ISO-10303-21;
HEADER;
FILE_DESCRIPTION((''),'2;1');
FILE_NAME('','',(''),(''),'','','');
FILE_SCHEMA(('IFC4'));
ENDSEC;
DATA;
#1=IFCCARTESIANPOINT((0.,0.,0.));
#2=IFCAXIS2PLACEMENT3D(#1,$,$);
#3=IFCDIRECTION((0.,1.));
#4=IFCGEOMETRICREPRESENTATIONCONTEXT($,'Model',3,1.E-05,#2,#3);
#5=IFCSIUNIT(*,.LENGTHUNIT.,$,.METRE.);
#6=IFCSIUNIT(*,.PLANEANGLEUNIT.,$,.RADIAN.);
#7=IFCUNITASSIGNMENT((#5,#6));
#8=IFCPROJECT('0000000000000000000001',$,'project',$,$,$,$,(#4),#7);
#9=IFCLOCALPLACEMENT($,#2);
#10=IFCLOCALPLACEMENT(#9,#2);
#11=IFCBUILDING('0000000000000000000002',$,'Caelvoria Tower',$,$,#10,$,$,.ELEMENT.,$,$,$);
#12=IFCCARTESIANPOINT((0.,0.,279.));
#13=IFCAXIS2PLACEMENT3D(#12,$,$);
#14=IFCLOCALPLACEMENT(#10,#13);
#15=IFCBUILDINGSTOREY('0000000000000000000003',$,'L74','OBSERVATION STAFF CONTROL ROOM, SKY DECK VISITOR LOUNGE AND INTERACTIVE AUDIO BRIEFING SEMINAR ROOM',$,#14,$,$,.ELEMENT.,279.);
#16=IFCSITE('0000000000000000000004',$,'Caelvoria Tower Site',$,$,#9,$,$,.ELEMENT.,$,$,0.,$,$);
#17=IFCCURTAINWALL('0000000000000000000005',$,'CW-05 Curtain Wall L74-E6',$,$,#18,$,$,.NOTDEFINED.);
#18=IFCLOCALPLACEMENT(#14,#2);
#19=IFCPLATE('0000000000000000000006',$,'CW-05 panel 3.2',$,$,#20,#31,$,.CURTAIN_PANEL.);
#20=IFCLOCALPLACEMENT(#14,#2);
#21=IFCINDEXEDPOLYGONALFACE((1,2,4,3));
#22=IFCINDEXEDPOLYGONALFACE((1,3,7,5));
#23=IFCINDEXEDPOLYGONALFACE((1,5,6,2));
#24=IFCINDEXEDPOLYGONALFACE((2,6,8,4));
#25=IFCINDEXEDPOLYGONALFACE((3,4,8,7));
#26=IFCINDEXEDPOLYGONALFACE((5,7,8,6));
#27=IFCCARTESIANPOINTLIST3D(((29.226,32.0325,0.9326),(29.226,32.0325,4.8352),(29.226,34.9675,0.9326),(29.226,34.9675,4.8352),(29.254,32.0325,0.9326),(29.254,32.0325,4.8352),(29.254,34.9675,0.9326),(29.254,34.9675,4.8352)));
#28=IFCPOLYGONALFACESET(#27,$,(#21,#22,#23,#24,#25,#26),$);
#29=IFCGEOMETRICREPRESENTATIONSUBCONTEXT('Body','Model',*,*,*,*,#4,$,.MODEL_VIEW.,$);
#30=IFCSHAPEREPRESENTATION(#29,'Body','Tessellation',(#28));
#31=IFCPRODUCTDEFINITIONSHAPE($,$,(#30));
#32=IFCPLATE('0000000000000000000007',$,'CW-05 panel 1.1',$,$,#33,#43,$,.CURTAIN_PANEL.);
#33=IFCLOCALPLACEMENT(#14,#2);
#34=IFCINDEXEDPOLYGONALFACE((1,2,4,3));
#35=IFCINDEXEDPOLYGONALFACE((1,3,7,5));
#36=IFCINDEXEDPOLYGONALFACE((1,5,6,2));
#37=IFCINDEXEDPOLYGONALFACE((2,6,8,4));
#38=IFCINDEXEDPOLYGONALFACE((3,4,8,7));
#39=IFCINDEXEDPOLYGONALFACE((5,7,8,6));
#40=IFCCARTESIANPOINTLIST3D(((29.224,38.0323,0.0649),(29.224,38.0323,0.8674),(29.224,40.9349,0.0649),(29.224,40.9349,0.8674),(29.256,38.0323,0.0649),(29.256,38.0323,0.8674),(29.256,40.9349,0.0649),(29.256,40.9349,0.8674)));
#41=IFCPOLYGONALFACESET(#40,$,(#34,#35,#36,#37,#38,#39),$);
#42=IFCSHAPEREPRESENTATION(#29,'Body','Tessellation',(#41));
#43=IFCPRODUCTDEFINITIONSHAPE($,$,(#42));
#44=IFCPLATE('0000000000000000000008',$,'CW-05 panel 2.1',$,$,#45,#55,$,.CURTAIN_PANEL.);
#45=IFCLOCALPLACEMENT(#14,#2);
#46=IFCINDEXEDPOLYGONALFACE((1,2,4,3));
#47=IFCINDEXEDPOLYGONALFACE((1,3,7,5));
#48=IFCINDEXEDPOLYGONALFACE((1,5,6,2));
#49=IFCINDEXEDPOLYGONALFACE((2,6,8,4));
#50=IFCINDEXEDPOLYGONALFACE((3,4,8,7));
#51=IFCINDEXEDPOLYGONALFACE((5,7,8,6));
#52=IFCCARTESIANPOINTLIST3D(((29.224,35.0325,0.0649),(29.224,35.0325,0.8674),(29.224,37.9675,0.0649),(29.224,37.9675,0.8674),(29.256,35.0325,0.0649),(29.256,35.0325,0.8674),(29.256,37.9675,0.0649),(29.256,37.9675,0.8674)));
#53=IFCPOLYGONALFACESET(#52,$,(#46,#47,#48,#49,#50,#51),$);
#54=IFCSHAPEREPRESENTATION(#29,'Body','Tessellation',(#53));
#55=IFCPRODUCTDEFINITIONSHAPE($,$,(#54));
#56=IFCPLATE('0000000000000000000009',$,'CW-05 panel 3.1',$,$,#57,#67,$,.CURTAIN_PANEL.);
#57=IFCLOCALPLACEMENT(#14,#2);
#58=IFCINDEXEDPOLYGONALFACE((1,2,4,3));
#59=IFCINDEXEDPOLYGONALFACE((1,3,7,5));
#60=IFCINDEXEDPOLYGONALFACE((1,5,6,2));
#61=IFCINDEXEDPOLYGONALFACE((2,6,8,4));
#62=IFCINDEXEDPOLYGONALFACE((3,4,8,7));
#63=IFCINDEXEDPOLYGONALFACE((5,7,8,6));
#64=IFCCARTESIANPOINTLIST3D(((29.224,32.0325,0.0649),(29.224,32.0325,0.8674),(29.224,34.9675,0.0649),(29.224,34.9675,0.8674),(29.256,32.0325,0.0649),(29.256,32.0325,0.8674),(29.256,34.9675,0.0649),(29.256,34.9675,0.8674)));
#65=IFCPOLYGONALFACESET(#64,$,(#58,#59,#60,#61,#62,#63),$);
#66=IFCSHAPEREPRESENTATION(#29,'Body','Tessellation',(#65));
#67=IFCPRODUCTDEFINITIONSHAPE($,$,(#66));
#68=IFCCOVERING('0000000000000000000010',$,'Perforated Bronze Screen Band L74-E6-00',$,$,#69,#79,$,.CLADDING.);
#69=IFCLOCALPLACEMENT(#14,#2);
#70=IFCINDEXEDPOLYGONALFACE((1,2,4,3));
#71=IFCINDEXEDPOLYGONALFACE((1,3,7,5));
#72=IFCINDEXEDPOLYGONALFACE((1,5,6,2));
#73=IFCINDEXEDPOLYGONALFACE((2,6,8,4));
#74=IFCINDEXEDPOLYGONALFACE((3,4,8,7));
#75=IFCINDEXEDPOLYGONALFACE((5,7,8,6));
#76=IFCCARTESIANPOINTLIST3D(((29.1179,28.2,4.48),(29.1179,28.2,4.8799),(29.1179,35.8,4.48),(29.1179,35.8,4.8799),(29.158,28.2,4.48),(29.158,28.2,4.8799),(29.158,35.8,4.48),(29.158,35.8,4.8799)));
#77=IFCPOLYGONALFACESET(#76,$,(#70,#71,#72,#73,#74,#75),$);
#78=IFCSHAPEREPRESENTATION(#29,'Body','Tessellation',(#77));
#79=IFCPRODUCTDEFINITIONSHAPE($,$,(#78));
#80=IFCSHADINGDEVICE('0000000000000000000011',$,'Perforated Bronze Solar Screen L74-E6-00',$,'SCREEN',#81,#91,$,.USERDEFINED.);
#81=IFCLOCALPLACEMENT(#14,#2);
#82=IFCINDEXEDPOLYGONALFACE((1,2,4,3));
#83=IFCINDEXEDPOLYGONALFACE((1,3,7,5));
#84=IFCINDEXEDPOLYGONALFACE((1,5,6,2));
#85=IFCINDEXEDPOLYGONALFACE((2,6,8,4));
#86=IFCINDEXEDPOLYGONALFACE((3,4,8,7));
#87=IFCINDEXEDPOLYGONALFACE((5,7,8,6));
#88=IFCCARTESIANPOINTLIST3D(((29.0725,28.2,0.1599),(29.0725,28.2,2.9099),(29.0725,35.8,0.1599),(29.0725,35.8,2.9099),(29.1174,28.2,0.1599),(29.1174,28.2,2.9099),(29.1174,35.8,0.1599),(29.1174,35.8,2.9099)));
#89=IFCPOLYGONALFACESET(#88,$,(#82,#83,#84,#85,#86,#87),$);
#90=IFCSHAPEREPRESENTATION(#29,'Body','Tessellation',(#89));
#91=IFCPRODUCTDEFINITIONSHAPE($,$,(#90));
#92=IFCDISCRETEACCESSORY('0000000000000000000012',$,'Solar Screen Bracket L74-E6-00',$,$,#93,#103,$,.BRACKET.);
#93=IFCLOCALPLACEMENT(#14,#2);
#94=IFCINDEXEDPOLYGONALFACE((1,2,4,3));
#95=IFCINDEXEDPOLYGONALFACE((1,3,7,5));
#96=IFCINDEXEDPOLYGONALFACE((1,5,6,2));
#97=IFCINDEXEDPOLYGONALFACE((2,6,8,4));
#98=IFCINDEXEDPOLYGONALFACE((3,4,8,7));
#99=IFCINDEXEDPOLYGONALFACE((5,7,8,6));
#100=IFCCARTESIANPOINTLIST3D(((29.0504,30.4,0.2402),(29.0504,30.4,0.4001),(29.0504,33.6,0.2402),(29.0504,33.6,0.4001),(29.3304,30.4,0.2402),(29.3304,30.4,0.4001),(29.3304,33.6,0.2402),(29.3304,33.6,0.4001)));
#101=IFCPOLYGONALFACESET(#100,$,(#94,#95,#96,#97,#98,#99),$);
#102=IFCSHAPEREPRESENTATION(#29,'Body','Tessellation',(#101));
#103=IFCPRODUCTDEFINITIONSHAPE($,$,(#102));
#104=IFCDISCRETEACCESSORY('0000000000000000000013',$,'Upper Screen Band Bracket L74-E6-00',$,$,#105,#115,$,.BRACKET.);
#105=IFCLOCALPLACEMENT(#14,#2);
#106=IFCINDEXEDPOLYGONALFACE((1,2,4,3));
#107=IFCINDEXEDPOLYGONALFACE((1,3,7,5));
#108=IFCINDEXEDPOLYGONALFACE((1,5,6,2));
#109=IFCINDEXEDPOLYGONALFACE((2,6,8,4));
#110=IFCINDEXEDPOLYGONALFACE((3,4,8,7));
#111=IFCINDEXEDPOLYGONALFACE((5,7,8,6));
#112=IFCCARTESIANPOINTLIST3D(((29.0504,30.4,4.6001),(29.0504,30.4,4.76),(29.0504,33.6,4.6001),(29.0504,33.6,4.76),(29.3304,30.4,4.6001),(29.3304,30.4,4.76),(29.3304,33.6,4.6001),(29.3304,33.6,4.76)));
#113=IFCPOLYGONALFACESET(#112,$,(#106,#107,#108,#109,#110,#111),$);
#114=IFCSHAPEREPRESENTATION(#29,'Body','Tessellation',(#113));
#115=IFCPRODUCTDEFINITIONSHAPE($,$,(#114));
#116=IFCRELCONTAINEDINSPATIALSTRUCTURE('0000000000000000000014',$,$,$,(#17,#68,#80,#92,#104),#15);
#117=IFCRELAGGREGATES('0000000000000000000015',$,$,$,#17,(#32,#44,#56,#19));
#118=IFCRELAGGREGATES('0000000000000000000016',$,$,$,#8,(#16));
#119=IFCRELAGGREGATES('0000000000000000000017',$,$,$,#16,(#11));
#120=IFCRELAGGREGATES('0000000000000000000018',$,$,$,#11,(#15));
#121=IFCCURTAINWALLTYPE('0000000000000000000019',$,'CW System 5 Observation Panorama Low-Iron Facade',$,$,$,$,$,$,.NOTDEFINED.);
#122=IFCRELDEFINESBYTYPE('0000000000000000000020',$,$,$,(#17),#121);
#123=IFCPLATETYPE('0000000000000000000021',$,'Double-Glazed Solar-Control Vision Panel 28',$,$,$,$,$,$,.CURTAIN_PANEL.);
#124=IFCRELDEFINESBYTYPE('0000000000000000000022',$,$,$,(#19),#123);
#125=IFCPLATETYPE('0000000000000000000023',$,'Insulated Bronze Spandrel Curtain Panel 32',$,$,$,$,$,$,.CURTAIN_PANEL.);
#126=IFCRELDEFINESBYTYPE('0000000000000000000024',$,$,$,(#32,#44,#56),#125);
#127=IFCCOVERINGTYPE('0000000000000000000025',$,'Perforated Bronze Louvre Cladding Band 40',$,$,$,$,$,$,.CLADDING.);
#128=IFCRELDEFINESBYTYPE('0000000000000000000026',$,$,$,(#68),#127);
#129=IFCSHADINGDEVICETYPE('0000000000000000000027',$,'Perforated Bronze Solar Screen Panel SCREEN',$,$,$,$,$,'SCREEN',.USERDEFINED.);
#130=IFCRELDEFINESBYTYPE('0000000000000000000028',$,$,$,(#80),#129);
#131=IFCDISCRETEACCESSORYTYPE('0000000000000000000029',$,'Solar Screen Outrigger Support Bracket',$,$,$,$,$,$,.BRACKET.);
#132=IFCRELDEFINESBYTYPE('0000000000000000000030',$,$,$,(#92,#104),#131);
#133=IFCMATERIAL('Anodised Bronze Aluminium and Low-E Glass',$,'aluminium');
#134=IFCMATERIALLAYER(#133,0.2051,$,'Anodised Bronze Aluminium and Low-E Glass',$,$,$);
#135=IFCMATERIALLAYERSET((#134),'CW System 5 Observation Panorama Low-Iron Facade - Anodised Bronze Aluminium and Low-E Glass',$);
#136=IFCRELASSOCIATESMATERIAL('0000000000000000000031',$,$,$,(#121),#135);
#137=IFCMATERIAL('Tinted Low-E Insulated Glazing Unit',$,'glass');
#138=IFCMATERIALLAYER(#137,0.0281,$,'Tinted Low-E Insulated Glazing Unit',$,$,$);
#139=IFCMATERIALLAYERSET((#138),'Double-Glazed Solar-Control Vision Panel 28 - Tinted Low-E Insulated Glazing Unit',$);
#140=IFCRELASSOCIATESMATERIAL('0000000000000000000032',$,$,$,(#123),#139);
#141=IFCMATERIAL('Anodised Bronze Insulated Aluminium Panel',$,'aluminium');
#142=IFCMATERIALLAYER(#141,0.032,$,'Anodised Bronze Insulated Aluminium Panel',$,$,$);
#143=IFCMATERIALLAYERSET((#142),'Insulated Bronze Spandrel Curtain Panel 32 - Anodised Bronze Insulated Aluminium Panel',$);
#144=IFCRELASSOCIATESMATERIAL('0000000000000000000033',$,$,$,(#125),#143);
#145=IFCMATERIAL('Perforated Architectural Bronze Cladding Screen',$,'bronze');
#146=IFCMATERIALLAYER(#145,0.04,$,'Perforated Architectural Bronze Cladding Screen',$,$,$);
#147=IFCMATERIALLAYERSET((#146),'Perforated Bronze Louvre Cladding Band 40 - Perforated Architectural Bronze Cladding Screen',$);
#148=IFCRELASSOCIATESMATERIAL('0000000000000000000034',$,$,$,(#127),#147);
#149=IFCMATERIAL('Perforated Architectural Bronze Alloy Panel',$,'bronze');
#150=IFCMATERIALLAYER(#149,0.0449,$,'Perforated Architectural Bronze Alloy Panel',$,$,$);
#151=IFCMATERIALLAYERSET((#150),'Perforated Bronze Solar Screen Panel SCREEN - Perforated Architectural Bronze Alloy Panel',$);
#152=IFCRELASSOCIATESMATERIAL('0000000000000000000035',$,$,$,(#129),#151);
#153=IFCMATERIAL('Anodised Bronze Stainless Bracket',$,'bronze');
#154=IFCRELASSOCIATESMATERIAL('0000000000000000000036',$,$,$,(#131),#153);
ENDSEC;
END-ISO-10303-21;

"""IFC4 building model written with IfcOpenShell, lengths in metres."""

from ifc_helpers import new_model, si_unit, direction, frame, origin, origin_2d, place, context, subcontext, project, spatial, rectangle, extrude, material, layer, layer_set, type_object, element, aggregate, save


model = new_model("IFC4")

# Units and contexts
model_context = context("Model", 3, precision=1e-05, world=origin(), true_north=direction((0.0, 1.0)))
body_context = subcontext(model_context, "Body", "Model", "MODEL_VIEW")
ifc_project = project(units=[si_unit("LENGTHUNIT", "METRE"), si_unit("PLANEANGLEUNIT", "RADIAN")], contexts=[model_context])

# Site, building, storey
site_placement = place(None, origin())
site = spatial("IfcSite", under=ifc_project, at=site_placement, Name="Caelvoria Tower Site", CompositionType="ELEMENT", RefElevation=0.0)
building_placement = place(site_placement, origin())
building = spatial("IfcBuilding", under=site, at=building_placement, Name="Caelvoria Tower", CompositionType="ELEMENT")
storey_placement = place(building_placement, frame((0.0, 0.0, 279.0)))
storey = spatial("IfcBuildingStorey", under=building, at=storey_placement, Name="L74", Description="OBSERVATION STAFF CONTROL ROOM, SKY DECK VISITOR LOUNGE AND INTERACTIVE AUDIO BRIEFING SEMINAR ROOM", CompositionType="ELEMENT", Elevation=279.0)

# Shared definitions
ifc_material_1 = material(Name="Anodised Bronze Aluminium and Low-E Glass", Category="aluminium")
ifc_layer_1 = layer(ifc_material_1, 0.2051, Name="Anodised Bronze Aluminium and Low-E Glass")
ifc_layer_set_1 = layer_set([ifc_layer_1], Name="CW System 5 Observation Panorama Low-Iron Facade - Anodised Bronze Aluminium and Low-E Glass")
curtain_wall_type = type_object("IfcCurtainWallType", Name="CW System 5 Observation Panorama Low-Iron Facade", PredefinedType="NOTDEFINED", material=ifc_layer_set_1)

# Curtain wall
curtain_wall_1_placement = place(storey_placement, origin())
curtain_wall_1 = element("IfcCurtainWall", 1, at=curtain_wall_1_placement, inside=storey, type_object=curtain_wall_type, Name="CW-05 Curtain Wall L74-E6", PredefinedType="NOTDEFINED")

# Plates
ifc_material_2 = material(Name="Tinted Low-E Insulated Glazing Unit", Category="glass")
ifc_layer_2 = layer(ifc_material_2, 0.0281, Name="Tinted Low-E Insulated Glazing Unit")
ifc_layer_set_2 = layer_set([ifc_layer_2], Name="Double-Glazed Solar-Control Vision Panel 28 - Tinted Low-E Insulated Glazing Unit")
plate_type_1 = type_object("IfcPlateType", Name="Double-Glazed Solar-Control Vision Panel 28", PredefinedType="CURTAIN_PANEL", material=ifc_layer_set_2)
plate_1_placement = place(storey_placement, frame((29.24, 33.5, 0.9326), z_axis=(0.0, 0.0, 1.0), x_axis=(0.0, -1.0, 0.0)))
plate_1 = element("IfcPlate", 2, at=plate_1_placement, type_object=plate_type_1, Name="CW-05 panel 3.2", PredefinedType="CURTAIN_PANEL", context=body_context, shape_type="SweptSolid", body=[
    extrude(rectangle(XDim=2.9351, YDim=0.0281, at=origin_2d()), origin(), (0.0, 0.0, 1.0), 3.9026),
])
ifc_material_3 = material(Name="Anodised Bronze Insulated Aluminium Panel", Category="aluminium")
ifc_layer_3 = layer(ifc_material_3, 0.032, Name="Anodised Bronze Insulated Aluminium Panel")
ifc_layer_set_3 = layer_set([ifc_layer_3], Name="Insulated Bronze Spandrel Curtain Panel 32 - Anodised Bronze Insulated Aluminium Panel")
plate_type_2 = type_object("IfcPlateType", Name="Insulated Bronze Spandrel Curtain Panel 32", PredefinedType="CURTAIN_PANEL", material=ifc_layer_set_3)
plate_2_placement = place(storey_placement, frame((29.24, 39.4836, 0.0649), z_axis=(0.0, 0.0, 1.0), x_axis=(0.0, -1.0, 0.0)))
plate_2 = element("IfcPlate", 3, at=plate_2_placement, type_object=plate_type_2, Name="CW-05 panel 1.1", PredefinedType="CURTAIN_PANEL", context=body_context, shape_type="SweptSolid", body=[
    extrude(rectangle(XDim=2.9026, YDim=0.032, at=origin_2d()), origin(), (0.0, 0.0, 1.0), 0.8025),
])
plate_3_placement = place(storey_placement, frame((29.24, 36.5, 0.0649), z_axis=(0.0, 0.0, 1.0), x_axis=(0.0, -1.0, 0.0)))
plate_3 = element("IfcPlate", 4, at=plate_3_placement, type_object=plate_type_2, Name="CW-05 panel 2.1", PredefinedType="CURTAIN_PANEL", context=body_context, shape_type="SweptSolid", body=[
    extrude(rectangle(XDim=2.9351, YDim=0.032, at=origin_2d()), origin(), (0.0, 0.0, 1.0), 0.8025),
])
plate_4_placement = place(storey_placement, frame((29.24, 33.5, 0.0649), z_axis=(0.0, 0.0, 1.0), x_axis=(0.0, -1.0, 0.0)))
plate_4 = element("IfcPlate", 5, at=plate_4_placement, type_object=plate_type_2, Name="CW-05 panel 3.1", PredefinedType="CURTAIN_PANEL", context=body_context, shape_type="SweptSolid", body=[
    extrude(rectangle(XDim=2.9351, YDim=0.032, at=origin_2d()), origin(), (0.0, 0.0, 1.0), 0.8025),
])
aggregate(curtain_wall_1, [plate_2, plate_3, plate_4, plate_1])

# Covering
ifc_material_4 = material(Name="Perforated Architectural Bronze Cladding Screen", Category="bronze")
ifc_layer_4 = layer(ifc_material_4, 0.04, Name="Perforated Architectural Bronze Cladding Screen")
ifc_layer_set_4 = layer_set([ifc_layer_4], Name="Perforated Bronze Louvre Cladding Band 40 - Perforated Architectural Bronze Cladding Screen")
covering_type = type_object("IfcCoveringType", Name="Perforated Bronze Louvre Cladding Band 40", PredefinedType="CLADDING", material=ifc_layer_set_4)
covering_placement = place(storey_placement, frame((29.1379, 32.0, 4.48), z_axis=(0.0, 0.0, 1.0), x_axis=(0.0, -1.0, 0.0)))
element("IfcCovering", 6, at=covering_placement, inside=storey, type_object=covering_type, Name="Perforated Bronze Screen Band L74-E6-00", PredefinedType="CLADDING", context=body_context, shape_type="SweptSolid", body=[
    extrude(rectangle(XDim=7.6001, YDim=0.04, at=origin_2d()), origin(), (0.0, 0.0, 1.0), 0.3999),
])

# Shading device
ifc_material_5 = material(Name="Perforated Architectural Bronze Alloy Panel", Category="bronze")
ifc_layer_5 = layer(ifc_material_5, 0.0449, Name="Perforated Architectural Bronze Alloy Panel")
ifc_layer_set_5 = layer_set([ifc_layer_5], Name="Perforated Bronze Solar Screen Panel SCREEN - Perforated Architectural Bronze Alloy Panel")
shading_device_type = type_object("IfcShadingDeviceType", Name="Perforated Bronze Solar Screen Panel SCREEN", ElementType="SCREEN", PredefinedType="USERDEFINED", material=ifc_layer_set_5)
shading_device_placement = place(storey_placement, frame((29.095, 32.0, 0.1599), z_axis=(0.0, 0.0, 1.0), x_axis=(0.0, -1.0, 0.0)))
element("IfcShadingDevice", 7, at=shading_device_placement, inside=storey, type_object=shading_device_type, Name="Perforated Bronze Solar Screen L74-E6-00", ObjectType="SCREEN", PredefinedType="USERDEFINED", context=body_context, shape_type="SweptSolid", body=[
    extrude(rectangle(XDim=7.6001, YDim=0.0449, at=origin_2d()), origin(), (0.0, 0.0, 1.0), 2.75),
])

# Discrete accessories
ifc_material_6 = material(Name="Anodised Bronze Stainless Bracket", Category="bronze")
discrete_accessory_type = type_object("IfcDiscreteAccessoryType", Name="Solar Screen Outrigger Support Bracket", PredefinedType="BRACKET", material=ifc_material_6)
for number, where, z_axis, x_axis, name in (
    (8, (29.1904, 32.0, 0.2402), (0.0, 0.0, 1.0), (0.0, -1.0, 0.0), "Solar Screen Bracket L74-E6-00"),
    (9, (29.1904, 32.0, 4.6001), (0.0, 0.0, 1.0), (0.0, -1.0, 0.0), "Upper Screen Band Bracket L74-E6-00"),
):
    element("IfcDiscreteAccessory", number, at=place(storey_placement, frame(where, z_axis=z_axis, x_axis=x_axis)), inside=storey, type_object=discrete_accessory_type, Name=name, PredefinedType="BRACKET", context=body_context, shape_type="SweptSolid", body=[
        extrude(rectangle(XDim=3.2, YDim=0.28, at=origin_2d()), origin(), (0.0, 0.0, 1.0), 0.1599),
    ])

save(model, "model.ifc")
